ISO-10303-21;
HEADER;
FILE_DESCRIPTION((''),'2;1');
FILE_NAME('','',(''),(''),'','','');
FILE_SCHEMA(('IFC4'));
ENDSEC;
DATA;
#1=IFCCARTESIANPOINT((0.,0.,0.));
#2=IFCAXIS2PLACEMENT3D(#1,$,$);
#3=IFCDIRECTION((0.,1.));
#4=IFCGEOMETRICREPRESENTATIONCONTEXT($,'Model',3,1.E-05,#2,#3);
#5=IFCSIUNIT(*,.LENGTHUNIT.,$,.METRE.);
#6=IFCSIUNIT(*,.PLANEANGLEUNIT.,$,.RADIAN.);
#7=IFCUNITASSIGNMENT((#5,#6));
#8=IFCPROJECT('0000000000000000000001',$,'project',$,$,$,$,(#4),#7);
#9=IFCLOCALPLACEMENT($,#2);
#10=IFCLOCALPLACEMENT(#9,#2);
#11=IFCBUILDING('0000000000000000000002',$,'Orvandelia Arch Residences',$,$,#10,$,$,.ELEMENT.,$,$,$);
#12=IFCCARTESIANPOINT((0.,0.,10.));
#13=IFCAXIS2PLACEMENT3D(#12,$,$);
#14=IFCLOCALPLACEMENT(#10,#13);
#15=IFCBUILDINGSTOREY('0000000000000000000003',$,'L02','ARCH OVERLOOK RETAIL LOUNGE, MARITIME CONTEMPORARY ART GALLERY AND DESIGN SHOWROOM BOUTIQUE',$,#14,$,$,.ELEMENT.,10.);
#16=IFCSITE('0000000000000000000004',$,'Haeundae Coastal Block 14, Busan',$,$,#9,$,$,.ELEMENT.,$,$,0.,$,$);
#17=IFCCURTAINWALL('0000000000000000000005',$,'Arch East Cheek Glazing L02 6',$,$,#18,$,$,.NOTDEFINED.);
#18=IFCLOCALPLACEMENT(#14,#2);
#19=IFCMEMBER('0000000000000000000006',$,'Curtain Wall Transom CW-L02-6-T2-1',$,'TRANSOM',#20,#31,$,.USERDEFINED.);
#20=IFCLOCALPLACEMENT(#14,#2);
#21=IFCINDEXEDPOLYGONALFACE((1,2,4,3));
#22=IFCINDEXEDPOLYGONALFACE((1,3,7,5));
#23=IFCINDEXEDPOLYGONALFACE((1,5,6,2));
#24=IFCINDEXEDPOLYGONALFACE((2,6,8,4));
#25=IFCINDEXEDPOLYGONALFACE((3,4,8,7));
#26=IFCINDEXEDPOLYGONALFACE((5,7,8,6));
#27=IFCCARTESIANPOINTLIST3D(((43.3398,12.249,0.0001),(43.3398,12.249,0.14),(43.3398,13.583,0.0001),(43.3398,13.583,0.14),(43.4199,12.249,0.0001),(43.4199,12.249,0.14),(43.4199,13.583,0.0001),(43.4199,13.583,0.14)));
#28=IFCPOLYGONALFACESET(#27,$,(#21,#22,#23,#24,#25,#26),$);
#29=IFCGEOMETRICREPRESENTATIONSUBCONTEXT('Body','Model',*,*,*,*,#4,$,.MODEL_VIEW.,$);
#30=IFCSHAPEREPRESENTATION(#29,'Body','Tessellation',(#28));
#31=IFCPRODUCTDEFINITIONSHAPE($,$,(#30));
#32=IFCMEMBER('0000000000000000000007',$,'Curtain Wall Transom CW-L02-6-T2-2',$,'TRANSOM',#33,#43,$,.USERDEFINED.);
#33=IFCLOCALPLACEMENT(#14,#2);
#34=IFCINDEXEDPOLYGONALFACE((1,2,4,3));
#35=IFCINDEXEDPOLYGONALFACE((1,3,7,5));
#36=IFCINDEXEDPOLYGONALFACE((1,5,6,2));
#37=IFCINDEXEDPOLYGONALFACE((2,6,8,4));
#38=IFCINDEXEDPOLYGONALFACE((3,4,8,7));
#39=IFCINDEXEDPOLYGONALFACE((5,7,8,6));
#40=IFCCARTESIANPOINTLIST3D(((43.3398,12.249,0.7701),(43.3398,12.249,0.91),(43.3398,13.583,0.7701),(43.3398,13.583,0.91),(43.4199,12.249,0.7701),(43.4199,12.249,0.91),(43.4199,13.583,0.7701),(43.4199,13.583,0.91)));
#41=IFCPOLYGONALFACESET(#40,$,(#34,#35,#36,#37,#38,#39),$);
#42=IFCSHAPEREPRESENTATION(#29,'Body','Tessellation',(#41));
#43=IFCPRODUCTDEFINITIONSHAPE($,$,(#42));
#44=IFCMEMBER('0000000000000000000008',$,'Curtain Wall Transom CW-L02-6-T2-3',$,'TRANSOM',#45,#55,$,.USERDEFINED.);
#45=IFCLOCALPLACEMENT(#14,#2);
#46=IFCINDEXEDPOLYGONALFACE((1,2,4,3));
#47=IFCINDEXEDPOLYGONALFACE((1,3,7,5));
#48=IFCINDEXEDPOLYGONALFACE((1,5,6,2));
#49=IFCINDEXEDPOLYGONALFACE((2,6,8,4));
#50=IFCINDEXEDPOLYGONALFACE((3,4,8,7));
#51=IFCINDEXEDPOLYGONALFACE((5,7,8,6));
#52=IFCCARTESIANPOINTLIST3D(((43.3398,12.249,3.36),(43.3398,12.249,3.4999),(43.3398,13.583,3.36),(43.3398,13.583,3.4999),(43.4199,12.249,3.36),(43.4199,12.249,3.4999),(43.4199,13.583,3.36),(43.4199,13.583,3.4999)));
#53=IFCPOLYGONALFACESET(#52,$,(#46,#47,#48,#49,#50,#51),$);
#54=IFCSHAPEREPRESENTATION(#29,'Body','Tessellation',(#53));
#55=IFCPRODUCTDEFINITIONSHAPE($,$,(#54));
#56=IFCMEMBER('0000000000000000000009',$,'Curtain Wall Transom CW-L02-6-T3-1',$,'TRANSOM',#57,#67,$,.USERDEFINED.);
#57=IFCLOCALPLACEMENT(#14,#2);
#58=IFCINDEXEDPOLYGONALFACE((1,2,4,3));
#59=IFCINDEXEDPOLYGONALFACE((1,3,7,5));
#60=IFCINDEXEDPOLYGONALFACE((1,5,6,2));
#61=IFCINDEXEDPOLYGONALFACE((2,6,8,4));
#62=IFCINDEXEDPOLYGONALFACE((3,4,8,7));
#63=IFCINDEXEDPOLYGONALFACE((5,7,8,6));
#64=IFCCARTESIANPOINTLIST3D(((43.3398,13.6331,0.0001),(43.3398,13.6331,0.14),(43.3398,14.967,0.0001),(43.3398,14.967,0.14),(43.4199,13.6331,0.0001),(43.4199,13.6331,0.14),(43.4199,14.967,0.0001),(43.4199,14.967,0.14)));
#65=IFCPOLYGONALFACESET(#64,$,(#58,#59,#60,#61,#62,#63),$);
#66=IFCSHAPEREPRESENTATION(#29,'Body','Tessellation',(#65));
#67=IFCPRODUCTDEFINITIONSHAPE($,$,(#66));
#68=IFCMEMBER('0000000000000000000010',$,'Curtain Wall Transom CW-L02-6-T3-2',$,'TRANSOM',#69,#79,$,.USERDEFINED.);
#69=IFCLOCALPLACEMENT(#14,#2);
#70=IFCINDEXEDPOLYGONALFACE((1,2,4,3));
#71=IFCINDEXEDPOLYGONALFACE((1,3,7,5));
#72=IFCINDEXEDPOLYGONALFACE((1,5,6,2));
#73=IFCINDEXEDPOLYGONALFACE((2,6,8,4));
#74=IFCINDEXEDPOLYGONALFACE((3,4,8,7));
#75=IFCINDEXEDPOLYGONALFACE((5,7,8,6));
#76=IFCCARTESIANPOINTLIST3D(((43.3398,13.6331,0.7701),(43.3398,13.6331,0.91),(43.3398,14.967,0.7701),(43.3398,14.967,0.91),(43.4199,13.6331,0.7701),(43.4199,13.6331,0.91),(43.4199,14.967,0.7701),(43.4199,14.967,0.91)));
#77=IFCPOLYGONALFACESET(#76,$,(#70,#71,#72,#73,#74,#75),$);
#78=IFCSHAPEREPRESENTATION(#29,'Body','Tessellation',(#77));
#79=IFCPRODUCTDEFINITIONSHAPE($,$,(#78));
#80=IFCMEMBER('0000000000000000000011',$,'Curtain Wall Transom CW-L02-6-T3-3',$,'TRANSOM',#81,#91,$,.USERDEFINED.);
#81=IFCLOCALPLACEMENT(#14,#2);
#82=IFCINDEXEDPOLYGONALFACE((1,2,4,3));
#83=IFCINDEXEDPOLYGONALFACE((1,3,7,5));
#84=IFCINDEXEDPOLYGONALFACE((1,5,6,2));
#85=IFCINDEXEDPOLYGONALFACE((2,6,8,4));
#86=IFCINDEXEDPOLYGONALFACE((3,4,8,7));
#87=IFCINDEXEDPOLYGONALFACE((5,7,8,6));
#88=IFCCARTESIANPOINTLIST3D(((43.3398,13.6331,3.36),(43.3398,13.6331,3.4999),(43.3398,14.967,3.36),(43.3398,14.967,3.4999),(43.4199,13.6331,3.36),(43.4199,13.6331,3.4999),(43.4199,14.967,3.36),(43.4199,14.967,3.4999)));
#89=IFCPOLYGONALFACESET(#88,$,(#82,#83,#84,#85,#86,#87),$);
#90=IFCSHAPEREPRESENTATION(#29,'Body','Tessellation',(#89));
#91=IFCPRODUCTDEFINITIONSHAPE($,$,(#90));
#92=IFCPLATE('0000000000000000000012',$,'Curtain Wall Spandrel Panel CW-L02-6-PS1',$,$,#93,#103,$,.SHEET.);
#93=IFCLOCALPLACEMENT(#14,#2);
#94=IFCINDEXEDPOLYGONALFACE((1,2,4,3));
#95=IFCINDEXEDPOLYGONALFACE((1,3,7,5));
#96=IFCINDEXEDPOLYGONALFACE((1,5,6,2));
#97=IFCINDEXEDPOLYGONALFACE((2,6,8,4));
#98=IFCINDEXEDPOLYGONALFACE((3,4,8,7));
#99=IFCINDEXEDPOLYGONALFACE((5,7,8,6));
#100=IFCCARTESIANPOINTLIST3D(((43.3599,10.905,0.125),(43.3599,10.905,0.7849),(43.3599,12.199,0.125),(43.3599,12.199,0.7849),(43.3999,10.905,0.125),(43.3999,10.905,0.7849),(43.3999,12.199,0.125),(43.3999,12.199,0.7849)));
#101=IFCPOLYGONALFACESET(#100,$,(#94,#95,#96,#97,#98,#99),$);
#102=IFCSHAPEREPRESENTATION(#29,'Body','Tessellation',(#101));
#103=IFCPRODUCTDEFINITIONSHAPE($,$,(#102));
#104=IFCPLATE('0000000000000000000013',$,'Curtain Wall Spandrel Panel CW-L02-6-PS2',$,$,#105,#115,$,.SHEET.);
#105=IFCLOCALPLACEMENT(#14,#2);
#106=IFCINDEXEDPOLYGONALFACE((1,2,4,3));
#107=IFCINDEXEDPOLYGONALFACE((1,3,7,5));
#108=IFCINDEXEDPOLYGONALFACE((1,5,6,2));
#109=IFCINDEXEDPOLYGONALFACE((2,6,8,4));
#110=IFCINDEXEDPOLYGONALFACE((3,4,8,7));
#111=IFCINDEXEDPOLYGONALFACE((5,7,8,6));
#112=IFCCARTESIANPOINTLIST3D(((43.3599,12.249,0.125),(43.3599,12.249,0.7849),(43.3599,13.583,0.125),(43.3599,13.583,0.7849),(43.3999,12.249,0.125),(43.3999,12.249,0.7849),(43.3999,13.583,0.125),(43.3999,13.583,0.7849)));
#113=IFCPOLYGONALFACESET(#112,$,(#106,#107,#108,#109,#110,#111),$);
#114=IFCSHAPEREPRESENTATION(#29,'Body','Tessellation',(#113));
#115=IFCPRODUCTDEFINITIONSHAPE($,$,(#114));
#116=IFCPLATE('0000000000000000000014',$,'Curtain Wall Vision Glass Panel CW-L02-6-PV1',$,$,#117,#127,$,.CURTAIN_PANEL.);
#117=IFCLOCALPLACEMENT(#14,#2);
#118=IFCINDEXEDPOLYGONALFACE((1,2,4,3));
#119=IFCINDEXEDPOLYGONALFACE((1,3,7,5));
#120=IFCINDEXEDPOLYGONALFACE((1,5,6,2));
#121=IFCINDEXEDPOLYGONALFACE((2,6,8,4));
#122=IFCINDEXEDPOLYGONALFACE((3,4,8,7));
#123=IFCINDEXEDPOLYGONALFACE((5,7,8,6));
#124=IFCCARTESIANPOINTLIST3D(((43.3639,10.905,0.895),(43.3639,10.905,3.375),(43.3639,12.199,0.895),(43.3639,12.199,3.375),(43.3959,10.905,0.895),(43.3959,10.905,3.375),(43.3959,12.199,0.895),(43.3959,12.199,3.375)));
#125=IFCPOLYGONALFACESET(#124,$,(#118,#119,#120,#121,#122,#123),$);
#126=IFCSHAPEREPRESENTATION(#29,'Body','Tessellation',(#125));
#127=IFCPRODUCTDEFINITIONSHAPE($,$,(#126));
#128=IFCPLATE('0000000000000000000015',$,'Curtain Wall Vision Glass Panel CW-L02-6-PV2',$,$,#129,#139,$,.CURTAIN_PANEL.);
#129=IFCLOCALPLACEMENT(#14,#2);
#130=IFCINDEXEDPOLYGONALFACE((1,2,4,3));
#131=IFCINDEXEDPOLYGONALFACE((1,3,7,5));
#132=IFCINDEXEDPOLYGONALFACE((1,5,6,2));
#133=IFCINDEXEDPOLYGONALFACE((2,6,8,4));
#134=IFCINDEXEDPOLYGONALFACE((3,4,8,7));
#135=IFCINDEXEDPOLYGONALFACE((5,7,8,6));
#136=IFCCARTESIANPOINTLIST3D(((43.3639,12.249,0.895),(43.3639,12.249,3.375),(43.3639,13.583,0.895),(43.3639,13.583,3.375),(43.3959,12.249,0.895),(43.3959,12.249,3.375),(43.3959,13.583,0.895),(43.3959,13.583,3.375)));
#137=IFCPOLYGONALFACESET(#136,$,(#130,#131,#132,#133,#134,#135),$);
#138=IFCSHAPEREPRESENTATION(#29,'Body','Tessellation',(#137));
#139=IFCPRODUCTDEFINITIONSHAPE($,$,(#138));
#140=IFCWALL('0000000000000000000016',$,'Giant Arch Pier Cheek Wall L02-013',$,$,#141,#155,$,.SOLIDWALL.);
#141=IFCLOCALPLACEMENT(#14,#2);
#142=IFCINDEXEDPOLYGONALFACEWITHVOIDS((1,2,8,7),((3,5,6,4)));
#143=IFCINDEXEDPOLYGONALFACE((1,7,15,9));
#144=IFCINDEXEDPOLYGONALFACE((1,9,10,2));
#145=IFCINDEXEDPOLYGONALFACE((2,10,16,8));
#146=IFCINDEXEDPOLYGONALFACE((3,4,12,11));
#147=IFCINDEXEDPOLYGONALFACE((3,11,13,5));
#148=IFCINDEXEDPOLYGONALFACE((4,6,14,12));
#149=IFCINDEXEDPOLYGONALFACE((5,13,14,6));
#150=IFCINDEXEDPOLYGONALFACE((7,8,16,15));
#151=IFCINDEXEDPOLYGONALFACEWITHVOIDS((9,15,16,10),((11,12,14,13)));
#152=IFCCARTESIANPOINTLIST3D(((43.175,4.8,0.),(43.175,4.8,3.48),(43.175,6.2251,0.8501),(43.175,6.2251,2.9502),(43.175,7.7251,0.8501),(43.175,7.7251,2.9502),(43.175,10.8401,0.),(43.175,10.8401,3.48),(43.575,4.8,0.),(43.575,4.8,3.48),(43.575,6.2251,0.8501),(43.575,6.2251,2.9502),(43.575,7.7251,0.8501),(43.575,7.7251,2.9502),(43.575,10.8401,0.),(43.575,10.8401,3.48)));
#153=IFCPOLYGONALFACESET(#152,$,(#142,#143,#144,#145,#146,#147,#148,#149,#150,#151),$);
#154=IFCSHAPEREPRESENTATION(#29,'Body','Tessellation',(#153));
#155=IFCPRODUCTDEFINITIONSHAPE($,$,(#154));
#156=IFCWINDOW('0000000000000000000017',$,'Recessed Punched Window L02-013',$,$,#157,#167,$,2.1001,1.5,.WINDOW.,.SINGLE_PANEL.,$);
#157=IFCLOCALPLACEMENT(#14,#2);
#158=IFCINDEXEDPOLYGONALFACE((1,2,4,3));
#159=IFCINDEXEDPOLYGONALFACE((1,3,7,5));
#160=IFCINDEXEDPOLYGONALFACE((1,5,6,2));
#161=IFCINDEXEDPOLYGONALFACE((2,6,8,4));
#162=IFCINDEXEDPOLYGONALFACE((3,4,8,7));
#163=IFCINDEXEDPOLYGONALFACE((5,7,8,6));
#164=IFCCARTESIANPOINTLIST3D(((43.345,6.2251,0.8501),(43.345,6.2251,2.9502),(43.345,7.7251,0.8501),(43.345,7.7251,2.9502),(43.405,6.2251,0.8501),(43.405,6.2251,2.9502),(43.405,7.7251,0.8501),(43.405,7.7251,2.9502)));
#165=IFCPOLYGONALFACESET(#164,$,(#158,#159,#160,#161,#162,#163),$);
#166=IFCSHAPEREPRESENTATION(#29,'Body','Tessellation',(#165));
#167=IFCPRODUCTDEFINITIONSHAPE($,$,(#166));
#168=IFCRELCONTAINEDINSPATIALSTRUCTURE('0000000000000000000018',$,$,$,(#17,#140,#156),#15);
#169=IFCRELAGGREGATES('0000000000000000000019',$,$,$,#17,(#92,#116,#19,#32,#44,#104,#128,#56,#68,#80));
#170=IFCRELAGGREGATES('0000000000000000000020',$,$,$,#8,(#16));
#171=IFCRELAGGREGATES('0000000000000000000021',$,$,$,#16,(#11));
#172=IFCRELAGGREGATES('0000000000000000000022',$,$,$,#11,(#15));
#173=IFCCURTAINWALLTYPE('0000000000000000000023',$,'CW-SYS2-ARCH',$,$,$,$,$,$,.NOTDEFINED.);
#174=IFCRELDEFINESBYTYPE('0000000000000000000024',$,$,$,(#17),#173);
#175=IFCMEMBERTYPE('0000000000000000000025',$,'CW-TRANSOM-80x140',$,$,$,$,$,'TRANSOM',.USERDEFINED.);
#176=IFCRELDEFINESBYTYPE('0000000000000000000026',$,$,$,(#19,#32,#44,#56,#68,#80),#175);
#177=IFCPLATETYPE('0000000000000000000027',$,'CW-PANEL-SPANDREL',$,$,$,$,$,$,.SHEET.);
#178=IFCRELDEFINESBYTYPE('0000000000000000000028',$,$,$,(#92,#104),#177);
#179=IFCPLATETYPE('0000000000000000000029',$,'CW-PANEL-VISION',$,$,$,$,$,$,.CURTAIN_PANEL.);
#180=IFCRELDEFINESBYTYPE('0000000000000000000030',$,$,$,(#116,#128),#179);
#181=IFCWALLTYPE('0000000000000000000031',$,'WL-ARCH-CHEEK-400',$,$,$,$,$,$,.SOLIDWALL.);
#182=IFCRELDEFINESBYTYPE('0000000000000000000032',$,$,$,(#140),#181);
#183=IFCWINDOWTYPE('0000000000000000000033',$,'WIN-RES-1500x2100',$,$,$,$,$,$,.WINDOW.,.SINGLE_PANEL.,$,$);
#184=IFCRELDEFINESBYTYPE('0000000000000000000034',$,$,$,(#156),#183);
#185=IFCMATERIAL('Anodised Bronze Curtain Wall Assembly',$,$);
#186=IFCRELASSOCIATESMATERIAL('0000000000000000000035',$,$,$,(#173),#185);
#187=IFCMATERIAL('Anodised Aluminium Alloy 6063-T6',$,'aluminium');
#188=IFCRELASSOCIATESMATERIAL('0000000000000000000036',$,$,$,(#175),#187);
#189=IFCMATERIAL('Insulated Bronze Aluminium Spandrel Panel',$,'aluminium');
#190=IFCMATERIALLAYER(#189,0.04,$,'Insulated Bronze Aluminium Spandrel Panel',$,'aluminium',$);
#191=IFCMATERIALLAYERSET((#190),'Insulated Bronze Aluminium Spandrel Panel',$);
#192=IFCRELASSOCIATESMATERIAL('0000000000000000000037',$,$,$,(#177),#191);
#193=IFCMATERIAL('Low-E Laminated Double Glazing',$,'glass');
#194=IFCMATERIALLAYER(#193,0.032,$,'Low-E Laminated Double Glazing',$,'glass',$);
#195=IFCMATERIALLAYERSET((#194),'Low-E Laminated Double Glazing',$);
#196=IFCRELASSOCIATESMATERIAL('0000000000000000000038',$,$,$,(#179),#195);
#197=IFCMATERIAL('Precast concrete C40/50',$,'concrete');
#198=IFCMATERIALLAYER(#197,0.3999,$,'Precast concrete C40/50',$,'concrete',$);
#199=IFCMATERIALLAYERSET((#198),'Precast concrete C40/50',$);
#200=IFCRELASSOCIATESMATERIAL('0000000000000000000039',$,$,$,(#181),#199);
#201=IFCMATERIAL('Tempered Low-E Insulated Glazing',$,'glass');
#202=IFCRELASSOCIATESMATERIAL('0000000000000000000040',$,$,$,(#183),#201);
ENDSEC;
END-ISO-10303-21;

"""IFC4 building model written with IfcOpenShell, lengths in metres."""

from ifc_helpers import new_model, si_unit, direction, frame, frame_2d, origin, origin_2d, place, context, subcontext, project, spatial, rectangle, extrude, material, layer, layer_set, material_profile, profile_set, type_object, element, fill, aggregate, save


model = new_model("IFC4")

# Units and contexts
model_context = context("Model", 3, precision=1e-05, world=origin(), true_north=direction((0.0, 1.0)))
body_context = subcontext(model_context, "Body", "Model", "MODEL_VIEW")
ifc_project = project(units=[si_unit("LENGTHUNIT", "METRE"), si_unit("PLANEANGLEUNIT", "RADIAN")], contexts=[model_context])

# Site, building, storey
site_placement = place(None, origin())
site = spatial("IfcSite", under=ifc_project, at=site_placement, Name="Haeundae Coastal Block 14, Busan", CompositionType="ELEMENT", RefElevation=0.0)
building_placement = place(site_placement, origin())
building = spatial("IfcBuilding", under=site, at=building_placement, Name="Orvandelia Arch Residences", CompositionType="ELEMENT")
storey_placement = place(building_placement, frame((0.0, 0.0, 10.0)))
storey = spatial("IfcBuildingStorey", under=building, at=storey_placement, Name="L02", Description="ARCH OVERLOOK RETAIL LOUNGE, MARITIME CONTEMPORARY ART GALLERY AND DESIGN SHOWROOM BOUTIQUE", CompositionType="ELEMENT", Elevation=10.0)

# Curtain wall, members, plates
ifc_material_1 = material(Name="Anodised Bronze Curtain Wall Assembly")
curtain_wall_type = type_object("IfcCurtainWallType", Name="CW-SYS2-ARCH", PredefinedType="NOTDEFINED", material=ifc_material_1)
curtain_wall_placement = place(storey_placement, origin())
curtain_wall = element("IfcCurtainWall", 1, at=curtain_wall_placement, inside=storey, type_object=curtain_wall_type, Name="Arch East Cheek Glazing L02 6", PredefinedType="NOTDEFINED")
ifc_material_2 = material(Name="Anodised Aluminium Alloy 6063-T6", Category="aluminium")
ifc_material_profile_1 = material_profile(ifc_material_2, rectangle(XDim=0.0801, YDim=0.1399, at=origin_2d()), Name="Anodised Aluminium Alloy 6063-T6", Category="aluminium")
ifc_profile_set_1 = profile_set([ifc_material_profile_1], Name="Anodised Aluminium Alloy 6063-T6")
member_type_1 = type_object("IfcMemberType", Name="CW-TRANSOM-80x140", ElementType="TRANSOM", PredefinedType="USERDEFINED", material=ifc_profile_set_1)
member_1_placement = place(storey_placement, frame((43.3799, 12.249, 0.0701), z_axis=(0.0, 1.0, 0.0), x_axis=(-1.0, 0.0, 0.0)))
member_1 = element("IfcMember", 2, at=member_1_placement, type_object=member_type_1, Name="Curtain Wall Transom CW-L02-6-T2-1", ObjectType="TRANSOM", PredefinedType="USERDEFINED", context=body_context, shape_type="SweptSolid", body=[
    extrude(rectangle(XDim=0.0801, YDim=0.1399, at=origin_2d()), origin(), (0.0, 0.0, 1.0), 1.334),
])
member_2_placement = place(storey_placement, frame((43.3799, 12.249, 0.8401), z_axis=(0.0, 1.0, 0.0), x_axis=(-1.0, 0.0, 0.0)))
member_2 = element("IfcMember", 3, at=member_2_placement, type_object=member_type_1, Name="Curtain Wall Transom CW-L02-6-T2-2", ObjectType="TRANSOM", PredefinedType="USERDEFINED", context=body_context, shape_type="SweptSolid", body=[
    extrude(rectangle(XDim=0.0801, YDim=0.1399, at=origin_2d()), origin(), (0.0, 0.0, 1.0), 1.334),
])
member_3_placement = place(storey_placement, frame((43.3799, 12.249, 3.4299), z_axis=(0.0, 1.0, 0.0), x_axis=(-1.0, 0.0, 0.0)))
member_3 = element("IfcMember", 4, at=member_3_placement, type_object=member_type_1, Name="Curtain Wall Transom CW-L02-6-T2-3", ObjectType="TRANSOM", PredefinedType="USERDEFINED", context=body_context, shape_type="SweptSolid", body=[
    extrude(rectangle(XDim=0.0801, YDim=0.1399, at=origin_2d()), origin(), (0.0, 0.0, 1.0), 1.334),
])
member_4_placement = place(storey_placement, frame((43.3799, 13.6331, 0.0701), z_axis=(0.0, 1.0, 0.0), x_axis=(-1.0, 0.0, 0.0)))
member_4 = element("IfcMember", 5, at=member_4_placement, type_object=member_type_1, Name="Curtain Wall Transom CW-L02-6-T3-1", ObjectType="TRANSOM", PredefinedType="USERDEFINED", context=body_context, shape_type="SweptSolid", body=[
    extrude(rectangle(XDim=0.0801, YDim=0.1399, at=origin_2d()), origin(), (0.0, 0.0, 1.0), 1.334),
])
member_5_placement = place(storey_placement, frame((43.3799, 13.6331, 0.8401), z_axis=(0.0, 1.0, 0.0), x_axis=(-1.0, 0.0, 0.0)))
member_5 = element("IfcMember", 6, at=member_5_placement, type_object=member_type_1, Name="Curtain Wall Transom CW-L02-6-T3-2", ObjectType="TRANSOM", PredefinedType="USERDEFINED", context=body_context, shape_type="SweptSolid", body=[
    extrude(rectangle(XDim=0.0801, YDim=0.1399, at=origin_2d()), origin(), (0.0, 0.0, 1.0), 1.334),
])
member_6_placement = place(storey_placement, frame((43.3799, 13.6331, 3.4299), z_axis=(0.0, 1.0, 0.0), x_axis=(-1.0, 0.0, 0.0)))
member_6 = element("IfcMember", 7, at=member_6_placement, type_object=member_type_1, Name="Curtain Wall Transom CW-L02-6-T3-3", ObjectType="TRANSOM", PredefinedType="USERDEFINED", context=body_context, shape_type="SweptSolid", body=[
    extrude(rectangle(XDim=0.0801, YDim=0.1399, at=origin_2d()), origin(), (0.0, 0.0, 1.0), 1.334),
])
ifc_material_3 = material(Name="Insulated Bronze Aluminium Spandrel Panel", Category="aluminium")
ifc_layer_1 = layer(ifc_material_3, 0.04, Name="Insulated Bronze Aluminium Spandrel Panel", Category="aluminium")
ifc_layer_set_1 = layer_set([ifc_layer_1], Name="Insulated Bronze Aluminium Spandrel Panel")
plate_type_1 = type_object("IfcPlateType", Name="CW-PANEL-SPANDREL", PredefinedType="SHEET", material=ifc_layer_set_1)
plate_1_placement = place(storey_placement, frame((43.3799, 11.552, 0.125), z_axis=(0.0, 0.0, 1.0), x_axis=(0.0, 1.0, 0.0)))
plate_1 = element("IfcPlate", 8, at=plate_1_placement, type_object=plate_type_1, Name="Curtain Wall Spandrel Panel CW-L02-6-PS1", PredefinedType="SHEET", context=body_context, shape_type="SweptSolid", body=[
    extrude(rectangle(XDim=1.2939, YDim=0.04, at=origin_2d()), origin(), (0.0, 0.0, 1.0), 0.6599),
])
plate_2_placement = place(storey_placement, frame((43.3799, 12.916, 0.125), z_axis=(0.0, 0.0, 1.0), x_axis=(0.0, 1.0, 0.0)))
plate_2 = element("IfcPlate", 9, at=plate_2_placement, type_object=plate_type_1, Name="Curtain Wall Spandrel Panel CW-L02-6-PS2", PredefinedType="SHEET", context=body_context, shape_type="SweptSolid", body=[
    extrude(rectangle(XDim=1.334, YDim=0.04, at=origin_2d()), origin(), (0.0, 0.0, 1.0), 0.6599),
])
ifc_material_4 = material(Name="Low-E Laminated Double Glazing", Category="glass")
ifc_layer_2 = layer(ifc_material_4, 0.032, Name="Low-E Laminated Double Glazing", Category="glass")
ifc_layer_set_2 = layer_set([ifc_layer_2], Name="Low-E Laminated Double Glazing")
plate_type_2 = type_object("IfcPlateType", Name="CW-PANEL-VISION", PredefinedType="CURTAIN_PANEL", material=ifc_layer_set_2)
plate_3_placement = place(storey_placement, frame((43.3799, 11.552, 0.895), z_axis=(0.0, 0.0, 1.0), x_axis=(0.0, 1.0, 0.0)))
plate_3 = element("IfcPlate", 10, at=plate_3_placement, type_object=plate_type_2, Name="Curtain Wall Vision Glass Panel CW-L02-6-PV1", PredefinedType="CURTAIN_PANEL", context=body_context, shape_type="SweptSolid", body=[
    extrude(rectangle(XDim=1.2939, YDim=0.032, at=origin_2d()), origin(), (0.0, 0.0, 1.0), 2.48),
])
plate_4_placement = place(storey_placement, frame((43.3799, 12.916, 0.895), z_axis=(0.0, 0.0, 1.0), x_axis=(0.0, 1.0, 0.0)))
plate_4 = element("IfcPlate", 11, at=plate_4_placement, type_object=plate_type_2, Name="Curtain Wall Vision Glass Panel CW-L02-6-PV2", PredefinedType="CURTAIN_PANEL", context=body_context, shape_type="SweptSolid", body=[
    extrude(rectangle(XDim=1.334, YDim=0.032, at=origin_2d()), origin(), (0.0, 0.0, 1.0), 2.48),
])
aggregate(curtain_wall, [plate_1, plate_3, member_1, member_2, member_3, plate_2, plate_4, member_4, member_5, member_6])

# Wall, opening, window
ifc_material_5 = material(Name="Precast concrete C40/50", Category="concrete")
ifc_layer_3 = layer(ifc_material_5, 0.3999, Name="Precast concrete C40/50", Category="concrete")
ifc_layer_set_3 = layer_set([ifc_layer_3], Name="Precast concrete C40/50")
wall_type = type_object("IfcWallType", Name="WL-ARCH-CHEEK-400", PredefinedType="SOLIDWALL", material=ifc_layer_set_3)
wall_1_placement = place(storey_placement, frame((43.375, 4.8, 0.0), z_axis=(0.0, 0.0, 1.0), x_axis=(0.0, 1.0, 0.0)))
wall_1 = element("IfcWall", 12, at=wall_1_placement, inside=storey, type_object=wall_type, Name="Giant Arch Pier Cheek Wall L02-013", PredefinedType="SOLIDWALL", context=body_context, shape_type="SweptSolid", body=[
    extrude(rectangle(XDim=6.04, YDim=0.3999, at=frame_2d((3.02, 0.0))), origin(), (0.0, 0.0, 1.0), 3.48),
])
opening_1_placement = place(wall_1_placement, frame((1.425, 0.0, 0.8501)))
opening_1 = element("IfcOpeningElement", 13, at=opening_1_placement, cuts=wall_1, PredefinedType="OPENING", context=body_context, shape_type="SweptSolid", body=[
    extrude(rectangle(XDim=1.5, YDim=2.1001, at=frame_2d((0.75, 1.05))), frame((0.0, 0.21, 0.0), z_axis=(0.0, -1.0, 0.0), x_axis=(1.0, 0.0, 0.0)), (0.0, 0.0, 1.0), 0.4199),
])
ifc_material_6 = material(Name="Tempered Low-E Insulated Glazing", Category="glass")
window_type = type_object("IfcWindowType", Name="WIN-RES-1500x2100", PartitioningType="SINGLE_PANEL", PredefinedType="WINDOW", material=ifc_material_6)
window_1_placement = place(opening_1_placement, origin())
window_1 = element("IfcWindow", 14, at=window_1_placement, inside=storey, type_object=window_type, Name="Recessed Punched Window L02-013", OverallHeight=2.1001, OverallWidth=1.5, PartitioningType="SINGLE_PANEL", PredefinedType="WINDOW", context=body_context, shape_type="SweptSolid", body=[
    extrude(rectangle(XDim=1.5, YDim=2.1001, at=frame_2d((0.75, 1.05))), frame((0.0, 0.03, 0.0), z_axis=(0.0, -1.0, 0.0), x_axis=(1.0, 0.0, 0.0)), (0.0, 0.0, 1.0), 0.0601),
])
fill(opening_1, window_1)

save(model, "model.ifc")
